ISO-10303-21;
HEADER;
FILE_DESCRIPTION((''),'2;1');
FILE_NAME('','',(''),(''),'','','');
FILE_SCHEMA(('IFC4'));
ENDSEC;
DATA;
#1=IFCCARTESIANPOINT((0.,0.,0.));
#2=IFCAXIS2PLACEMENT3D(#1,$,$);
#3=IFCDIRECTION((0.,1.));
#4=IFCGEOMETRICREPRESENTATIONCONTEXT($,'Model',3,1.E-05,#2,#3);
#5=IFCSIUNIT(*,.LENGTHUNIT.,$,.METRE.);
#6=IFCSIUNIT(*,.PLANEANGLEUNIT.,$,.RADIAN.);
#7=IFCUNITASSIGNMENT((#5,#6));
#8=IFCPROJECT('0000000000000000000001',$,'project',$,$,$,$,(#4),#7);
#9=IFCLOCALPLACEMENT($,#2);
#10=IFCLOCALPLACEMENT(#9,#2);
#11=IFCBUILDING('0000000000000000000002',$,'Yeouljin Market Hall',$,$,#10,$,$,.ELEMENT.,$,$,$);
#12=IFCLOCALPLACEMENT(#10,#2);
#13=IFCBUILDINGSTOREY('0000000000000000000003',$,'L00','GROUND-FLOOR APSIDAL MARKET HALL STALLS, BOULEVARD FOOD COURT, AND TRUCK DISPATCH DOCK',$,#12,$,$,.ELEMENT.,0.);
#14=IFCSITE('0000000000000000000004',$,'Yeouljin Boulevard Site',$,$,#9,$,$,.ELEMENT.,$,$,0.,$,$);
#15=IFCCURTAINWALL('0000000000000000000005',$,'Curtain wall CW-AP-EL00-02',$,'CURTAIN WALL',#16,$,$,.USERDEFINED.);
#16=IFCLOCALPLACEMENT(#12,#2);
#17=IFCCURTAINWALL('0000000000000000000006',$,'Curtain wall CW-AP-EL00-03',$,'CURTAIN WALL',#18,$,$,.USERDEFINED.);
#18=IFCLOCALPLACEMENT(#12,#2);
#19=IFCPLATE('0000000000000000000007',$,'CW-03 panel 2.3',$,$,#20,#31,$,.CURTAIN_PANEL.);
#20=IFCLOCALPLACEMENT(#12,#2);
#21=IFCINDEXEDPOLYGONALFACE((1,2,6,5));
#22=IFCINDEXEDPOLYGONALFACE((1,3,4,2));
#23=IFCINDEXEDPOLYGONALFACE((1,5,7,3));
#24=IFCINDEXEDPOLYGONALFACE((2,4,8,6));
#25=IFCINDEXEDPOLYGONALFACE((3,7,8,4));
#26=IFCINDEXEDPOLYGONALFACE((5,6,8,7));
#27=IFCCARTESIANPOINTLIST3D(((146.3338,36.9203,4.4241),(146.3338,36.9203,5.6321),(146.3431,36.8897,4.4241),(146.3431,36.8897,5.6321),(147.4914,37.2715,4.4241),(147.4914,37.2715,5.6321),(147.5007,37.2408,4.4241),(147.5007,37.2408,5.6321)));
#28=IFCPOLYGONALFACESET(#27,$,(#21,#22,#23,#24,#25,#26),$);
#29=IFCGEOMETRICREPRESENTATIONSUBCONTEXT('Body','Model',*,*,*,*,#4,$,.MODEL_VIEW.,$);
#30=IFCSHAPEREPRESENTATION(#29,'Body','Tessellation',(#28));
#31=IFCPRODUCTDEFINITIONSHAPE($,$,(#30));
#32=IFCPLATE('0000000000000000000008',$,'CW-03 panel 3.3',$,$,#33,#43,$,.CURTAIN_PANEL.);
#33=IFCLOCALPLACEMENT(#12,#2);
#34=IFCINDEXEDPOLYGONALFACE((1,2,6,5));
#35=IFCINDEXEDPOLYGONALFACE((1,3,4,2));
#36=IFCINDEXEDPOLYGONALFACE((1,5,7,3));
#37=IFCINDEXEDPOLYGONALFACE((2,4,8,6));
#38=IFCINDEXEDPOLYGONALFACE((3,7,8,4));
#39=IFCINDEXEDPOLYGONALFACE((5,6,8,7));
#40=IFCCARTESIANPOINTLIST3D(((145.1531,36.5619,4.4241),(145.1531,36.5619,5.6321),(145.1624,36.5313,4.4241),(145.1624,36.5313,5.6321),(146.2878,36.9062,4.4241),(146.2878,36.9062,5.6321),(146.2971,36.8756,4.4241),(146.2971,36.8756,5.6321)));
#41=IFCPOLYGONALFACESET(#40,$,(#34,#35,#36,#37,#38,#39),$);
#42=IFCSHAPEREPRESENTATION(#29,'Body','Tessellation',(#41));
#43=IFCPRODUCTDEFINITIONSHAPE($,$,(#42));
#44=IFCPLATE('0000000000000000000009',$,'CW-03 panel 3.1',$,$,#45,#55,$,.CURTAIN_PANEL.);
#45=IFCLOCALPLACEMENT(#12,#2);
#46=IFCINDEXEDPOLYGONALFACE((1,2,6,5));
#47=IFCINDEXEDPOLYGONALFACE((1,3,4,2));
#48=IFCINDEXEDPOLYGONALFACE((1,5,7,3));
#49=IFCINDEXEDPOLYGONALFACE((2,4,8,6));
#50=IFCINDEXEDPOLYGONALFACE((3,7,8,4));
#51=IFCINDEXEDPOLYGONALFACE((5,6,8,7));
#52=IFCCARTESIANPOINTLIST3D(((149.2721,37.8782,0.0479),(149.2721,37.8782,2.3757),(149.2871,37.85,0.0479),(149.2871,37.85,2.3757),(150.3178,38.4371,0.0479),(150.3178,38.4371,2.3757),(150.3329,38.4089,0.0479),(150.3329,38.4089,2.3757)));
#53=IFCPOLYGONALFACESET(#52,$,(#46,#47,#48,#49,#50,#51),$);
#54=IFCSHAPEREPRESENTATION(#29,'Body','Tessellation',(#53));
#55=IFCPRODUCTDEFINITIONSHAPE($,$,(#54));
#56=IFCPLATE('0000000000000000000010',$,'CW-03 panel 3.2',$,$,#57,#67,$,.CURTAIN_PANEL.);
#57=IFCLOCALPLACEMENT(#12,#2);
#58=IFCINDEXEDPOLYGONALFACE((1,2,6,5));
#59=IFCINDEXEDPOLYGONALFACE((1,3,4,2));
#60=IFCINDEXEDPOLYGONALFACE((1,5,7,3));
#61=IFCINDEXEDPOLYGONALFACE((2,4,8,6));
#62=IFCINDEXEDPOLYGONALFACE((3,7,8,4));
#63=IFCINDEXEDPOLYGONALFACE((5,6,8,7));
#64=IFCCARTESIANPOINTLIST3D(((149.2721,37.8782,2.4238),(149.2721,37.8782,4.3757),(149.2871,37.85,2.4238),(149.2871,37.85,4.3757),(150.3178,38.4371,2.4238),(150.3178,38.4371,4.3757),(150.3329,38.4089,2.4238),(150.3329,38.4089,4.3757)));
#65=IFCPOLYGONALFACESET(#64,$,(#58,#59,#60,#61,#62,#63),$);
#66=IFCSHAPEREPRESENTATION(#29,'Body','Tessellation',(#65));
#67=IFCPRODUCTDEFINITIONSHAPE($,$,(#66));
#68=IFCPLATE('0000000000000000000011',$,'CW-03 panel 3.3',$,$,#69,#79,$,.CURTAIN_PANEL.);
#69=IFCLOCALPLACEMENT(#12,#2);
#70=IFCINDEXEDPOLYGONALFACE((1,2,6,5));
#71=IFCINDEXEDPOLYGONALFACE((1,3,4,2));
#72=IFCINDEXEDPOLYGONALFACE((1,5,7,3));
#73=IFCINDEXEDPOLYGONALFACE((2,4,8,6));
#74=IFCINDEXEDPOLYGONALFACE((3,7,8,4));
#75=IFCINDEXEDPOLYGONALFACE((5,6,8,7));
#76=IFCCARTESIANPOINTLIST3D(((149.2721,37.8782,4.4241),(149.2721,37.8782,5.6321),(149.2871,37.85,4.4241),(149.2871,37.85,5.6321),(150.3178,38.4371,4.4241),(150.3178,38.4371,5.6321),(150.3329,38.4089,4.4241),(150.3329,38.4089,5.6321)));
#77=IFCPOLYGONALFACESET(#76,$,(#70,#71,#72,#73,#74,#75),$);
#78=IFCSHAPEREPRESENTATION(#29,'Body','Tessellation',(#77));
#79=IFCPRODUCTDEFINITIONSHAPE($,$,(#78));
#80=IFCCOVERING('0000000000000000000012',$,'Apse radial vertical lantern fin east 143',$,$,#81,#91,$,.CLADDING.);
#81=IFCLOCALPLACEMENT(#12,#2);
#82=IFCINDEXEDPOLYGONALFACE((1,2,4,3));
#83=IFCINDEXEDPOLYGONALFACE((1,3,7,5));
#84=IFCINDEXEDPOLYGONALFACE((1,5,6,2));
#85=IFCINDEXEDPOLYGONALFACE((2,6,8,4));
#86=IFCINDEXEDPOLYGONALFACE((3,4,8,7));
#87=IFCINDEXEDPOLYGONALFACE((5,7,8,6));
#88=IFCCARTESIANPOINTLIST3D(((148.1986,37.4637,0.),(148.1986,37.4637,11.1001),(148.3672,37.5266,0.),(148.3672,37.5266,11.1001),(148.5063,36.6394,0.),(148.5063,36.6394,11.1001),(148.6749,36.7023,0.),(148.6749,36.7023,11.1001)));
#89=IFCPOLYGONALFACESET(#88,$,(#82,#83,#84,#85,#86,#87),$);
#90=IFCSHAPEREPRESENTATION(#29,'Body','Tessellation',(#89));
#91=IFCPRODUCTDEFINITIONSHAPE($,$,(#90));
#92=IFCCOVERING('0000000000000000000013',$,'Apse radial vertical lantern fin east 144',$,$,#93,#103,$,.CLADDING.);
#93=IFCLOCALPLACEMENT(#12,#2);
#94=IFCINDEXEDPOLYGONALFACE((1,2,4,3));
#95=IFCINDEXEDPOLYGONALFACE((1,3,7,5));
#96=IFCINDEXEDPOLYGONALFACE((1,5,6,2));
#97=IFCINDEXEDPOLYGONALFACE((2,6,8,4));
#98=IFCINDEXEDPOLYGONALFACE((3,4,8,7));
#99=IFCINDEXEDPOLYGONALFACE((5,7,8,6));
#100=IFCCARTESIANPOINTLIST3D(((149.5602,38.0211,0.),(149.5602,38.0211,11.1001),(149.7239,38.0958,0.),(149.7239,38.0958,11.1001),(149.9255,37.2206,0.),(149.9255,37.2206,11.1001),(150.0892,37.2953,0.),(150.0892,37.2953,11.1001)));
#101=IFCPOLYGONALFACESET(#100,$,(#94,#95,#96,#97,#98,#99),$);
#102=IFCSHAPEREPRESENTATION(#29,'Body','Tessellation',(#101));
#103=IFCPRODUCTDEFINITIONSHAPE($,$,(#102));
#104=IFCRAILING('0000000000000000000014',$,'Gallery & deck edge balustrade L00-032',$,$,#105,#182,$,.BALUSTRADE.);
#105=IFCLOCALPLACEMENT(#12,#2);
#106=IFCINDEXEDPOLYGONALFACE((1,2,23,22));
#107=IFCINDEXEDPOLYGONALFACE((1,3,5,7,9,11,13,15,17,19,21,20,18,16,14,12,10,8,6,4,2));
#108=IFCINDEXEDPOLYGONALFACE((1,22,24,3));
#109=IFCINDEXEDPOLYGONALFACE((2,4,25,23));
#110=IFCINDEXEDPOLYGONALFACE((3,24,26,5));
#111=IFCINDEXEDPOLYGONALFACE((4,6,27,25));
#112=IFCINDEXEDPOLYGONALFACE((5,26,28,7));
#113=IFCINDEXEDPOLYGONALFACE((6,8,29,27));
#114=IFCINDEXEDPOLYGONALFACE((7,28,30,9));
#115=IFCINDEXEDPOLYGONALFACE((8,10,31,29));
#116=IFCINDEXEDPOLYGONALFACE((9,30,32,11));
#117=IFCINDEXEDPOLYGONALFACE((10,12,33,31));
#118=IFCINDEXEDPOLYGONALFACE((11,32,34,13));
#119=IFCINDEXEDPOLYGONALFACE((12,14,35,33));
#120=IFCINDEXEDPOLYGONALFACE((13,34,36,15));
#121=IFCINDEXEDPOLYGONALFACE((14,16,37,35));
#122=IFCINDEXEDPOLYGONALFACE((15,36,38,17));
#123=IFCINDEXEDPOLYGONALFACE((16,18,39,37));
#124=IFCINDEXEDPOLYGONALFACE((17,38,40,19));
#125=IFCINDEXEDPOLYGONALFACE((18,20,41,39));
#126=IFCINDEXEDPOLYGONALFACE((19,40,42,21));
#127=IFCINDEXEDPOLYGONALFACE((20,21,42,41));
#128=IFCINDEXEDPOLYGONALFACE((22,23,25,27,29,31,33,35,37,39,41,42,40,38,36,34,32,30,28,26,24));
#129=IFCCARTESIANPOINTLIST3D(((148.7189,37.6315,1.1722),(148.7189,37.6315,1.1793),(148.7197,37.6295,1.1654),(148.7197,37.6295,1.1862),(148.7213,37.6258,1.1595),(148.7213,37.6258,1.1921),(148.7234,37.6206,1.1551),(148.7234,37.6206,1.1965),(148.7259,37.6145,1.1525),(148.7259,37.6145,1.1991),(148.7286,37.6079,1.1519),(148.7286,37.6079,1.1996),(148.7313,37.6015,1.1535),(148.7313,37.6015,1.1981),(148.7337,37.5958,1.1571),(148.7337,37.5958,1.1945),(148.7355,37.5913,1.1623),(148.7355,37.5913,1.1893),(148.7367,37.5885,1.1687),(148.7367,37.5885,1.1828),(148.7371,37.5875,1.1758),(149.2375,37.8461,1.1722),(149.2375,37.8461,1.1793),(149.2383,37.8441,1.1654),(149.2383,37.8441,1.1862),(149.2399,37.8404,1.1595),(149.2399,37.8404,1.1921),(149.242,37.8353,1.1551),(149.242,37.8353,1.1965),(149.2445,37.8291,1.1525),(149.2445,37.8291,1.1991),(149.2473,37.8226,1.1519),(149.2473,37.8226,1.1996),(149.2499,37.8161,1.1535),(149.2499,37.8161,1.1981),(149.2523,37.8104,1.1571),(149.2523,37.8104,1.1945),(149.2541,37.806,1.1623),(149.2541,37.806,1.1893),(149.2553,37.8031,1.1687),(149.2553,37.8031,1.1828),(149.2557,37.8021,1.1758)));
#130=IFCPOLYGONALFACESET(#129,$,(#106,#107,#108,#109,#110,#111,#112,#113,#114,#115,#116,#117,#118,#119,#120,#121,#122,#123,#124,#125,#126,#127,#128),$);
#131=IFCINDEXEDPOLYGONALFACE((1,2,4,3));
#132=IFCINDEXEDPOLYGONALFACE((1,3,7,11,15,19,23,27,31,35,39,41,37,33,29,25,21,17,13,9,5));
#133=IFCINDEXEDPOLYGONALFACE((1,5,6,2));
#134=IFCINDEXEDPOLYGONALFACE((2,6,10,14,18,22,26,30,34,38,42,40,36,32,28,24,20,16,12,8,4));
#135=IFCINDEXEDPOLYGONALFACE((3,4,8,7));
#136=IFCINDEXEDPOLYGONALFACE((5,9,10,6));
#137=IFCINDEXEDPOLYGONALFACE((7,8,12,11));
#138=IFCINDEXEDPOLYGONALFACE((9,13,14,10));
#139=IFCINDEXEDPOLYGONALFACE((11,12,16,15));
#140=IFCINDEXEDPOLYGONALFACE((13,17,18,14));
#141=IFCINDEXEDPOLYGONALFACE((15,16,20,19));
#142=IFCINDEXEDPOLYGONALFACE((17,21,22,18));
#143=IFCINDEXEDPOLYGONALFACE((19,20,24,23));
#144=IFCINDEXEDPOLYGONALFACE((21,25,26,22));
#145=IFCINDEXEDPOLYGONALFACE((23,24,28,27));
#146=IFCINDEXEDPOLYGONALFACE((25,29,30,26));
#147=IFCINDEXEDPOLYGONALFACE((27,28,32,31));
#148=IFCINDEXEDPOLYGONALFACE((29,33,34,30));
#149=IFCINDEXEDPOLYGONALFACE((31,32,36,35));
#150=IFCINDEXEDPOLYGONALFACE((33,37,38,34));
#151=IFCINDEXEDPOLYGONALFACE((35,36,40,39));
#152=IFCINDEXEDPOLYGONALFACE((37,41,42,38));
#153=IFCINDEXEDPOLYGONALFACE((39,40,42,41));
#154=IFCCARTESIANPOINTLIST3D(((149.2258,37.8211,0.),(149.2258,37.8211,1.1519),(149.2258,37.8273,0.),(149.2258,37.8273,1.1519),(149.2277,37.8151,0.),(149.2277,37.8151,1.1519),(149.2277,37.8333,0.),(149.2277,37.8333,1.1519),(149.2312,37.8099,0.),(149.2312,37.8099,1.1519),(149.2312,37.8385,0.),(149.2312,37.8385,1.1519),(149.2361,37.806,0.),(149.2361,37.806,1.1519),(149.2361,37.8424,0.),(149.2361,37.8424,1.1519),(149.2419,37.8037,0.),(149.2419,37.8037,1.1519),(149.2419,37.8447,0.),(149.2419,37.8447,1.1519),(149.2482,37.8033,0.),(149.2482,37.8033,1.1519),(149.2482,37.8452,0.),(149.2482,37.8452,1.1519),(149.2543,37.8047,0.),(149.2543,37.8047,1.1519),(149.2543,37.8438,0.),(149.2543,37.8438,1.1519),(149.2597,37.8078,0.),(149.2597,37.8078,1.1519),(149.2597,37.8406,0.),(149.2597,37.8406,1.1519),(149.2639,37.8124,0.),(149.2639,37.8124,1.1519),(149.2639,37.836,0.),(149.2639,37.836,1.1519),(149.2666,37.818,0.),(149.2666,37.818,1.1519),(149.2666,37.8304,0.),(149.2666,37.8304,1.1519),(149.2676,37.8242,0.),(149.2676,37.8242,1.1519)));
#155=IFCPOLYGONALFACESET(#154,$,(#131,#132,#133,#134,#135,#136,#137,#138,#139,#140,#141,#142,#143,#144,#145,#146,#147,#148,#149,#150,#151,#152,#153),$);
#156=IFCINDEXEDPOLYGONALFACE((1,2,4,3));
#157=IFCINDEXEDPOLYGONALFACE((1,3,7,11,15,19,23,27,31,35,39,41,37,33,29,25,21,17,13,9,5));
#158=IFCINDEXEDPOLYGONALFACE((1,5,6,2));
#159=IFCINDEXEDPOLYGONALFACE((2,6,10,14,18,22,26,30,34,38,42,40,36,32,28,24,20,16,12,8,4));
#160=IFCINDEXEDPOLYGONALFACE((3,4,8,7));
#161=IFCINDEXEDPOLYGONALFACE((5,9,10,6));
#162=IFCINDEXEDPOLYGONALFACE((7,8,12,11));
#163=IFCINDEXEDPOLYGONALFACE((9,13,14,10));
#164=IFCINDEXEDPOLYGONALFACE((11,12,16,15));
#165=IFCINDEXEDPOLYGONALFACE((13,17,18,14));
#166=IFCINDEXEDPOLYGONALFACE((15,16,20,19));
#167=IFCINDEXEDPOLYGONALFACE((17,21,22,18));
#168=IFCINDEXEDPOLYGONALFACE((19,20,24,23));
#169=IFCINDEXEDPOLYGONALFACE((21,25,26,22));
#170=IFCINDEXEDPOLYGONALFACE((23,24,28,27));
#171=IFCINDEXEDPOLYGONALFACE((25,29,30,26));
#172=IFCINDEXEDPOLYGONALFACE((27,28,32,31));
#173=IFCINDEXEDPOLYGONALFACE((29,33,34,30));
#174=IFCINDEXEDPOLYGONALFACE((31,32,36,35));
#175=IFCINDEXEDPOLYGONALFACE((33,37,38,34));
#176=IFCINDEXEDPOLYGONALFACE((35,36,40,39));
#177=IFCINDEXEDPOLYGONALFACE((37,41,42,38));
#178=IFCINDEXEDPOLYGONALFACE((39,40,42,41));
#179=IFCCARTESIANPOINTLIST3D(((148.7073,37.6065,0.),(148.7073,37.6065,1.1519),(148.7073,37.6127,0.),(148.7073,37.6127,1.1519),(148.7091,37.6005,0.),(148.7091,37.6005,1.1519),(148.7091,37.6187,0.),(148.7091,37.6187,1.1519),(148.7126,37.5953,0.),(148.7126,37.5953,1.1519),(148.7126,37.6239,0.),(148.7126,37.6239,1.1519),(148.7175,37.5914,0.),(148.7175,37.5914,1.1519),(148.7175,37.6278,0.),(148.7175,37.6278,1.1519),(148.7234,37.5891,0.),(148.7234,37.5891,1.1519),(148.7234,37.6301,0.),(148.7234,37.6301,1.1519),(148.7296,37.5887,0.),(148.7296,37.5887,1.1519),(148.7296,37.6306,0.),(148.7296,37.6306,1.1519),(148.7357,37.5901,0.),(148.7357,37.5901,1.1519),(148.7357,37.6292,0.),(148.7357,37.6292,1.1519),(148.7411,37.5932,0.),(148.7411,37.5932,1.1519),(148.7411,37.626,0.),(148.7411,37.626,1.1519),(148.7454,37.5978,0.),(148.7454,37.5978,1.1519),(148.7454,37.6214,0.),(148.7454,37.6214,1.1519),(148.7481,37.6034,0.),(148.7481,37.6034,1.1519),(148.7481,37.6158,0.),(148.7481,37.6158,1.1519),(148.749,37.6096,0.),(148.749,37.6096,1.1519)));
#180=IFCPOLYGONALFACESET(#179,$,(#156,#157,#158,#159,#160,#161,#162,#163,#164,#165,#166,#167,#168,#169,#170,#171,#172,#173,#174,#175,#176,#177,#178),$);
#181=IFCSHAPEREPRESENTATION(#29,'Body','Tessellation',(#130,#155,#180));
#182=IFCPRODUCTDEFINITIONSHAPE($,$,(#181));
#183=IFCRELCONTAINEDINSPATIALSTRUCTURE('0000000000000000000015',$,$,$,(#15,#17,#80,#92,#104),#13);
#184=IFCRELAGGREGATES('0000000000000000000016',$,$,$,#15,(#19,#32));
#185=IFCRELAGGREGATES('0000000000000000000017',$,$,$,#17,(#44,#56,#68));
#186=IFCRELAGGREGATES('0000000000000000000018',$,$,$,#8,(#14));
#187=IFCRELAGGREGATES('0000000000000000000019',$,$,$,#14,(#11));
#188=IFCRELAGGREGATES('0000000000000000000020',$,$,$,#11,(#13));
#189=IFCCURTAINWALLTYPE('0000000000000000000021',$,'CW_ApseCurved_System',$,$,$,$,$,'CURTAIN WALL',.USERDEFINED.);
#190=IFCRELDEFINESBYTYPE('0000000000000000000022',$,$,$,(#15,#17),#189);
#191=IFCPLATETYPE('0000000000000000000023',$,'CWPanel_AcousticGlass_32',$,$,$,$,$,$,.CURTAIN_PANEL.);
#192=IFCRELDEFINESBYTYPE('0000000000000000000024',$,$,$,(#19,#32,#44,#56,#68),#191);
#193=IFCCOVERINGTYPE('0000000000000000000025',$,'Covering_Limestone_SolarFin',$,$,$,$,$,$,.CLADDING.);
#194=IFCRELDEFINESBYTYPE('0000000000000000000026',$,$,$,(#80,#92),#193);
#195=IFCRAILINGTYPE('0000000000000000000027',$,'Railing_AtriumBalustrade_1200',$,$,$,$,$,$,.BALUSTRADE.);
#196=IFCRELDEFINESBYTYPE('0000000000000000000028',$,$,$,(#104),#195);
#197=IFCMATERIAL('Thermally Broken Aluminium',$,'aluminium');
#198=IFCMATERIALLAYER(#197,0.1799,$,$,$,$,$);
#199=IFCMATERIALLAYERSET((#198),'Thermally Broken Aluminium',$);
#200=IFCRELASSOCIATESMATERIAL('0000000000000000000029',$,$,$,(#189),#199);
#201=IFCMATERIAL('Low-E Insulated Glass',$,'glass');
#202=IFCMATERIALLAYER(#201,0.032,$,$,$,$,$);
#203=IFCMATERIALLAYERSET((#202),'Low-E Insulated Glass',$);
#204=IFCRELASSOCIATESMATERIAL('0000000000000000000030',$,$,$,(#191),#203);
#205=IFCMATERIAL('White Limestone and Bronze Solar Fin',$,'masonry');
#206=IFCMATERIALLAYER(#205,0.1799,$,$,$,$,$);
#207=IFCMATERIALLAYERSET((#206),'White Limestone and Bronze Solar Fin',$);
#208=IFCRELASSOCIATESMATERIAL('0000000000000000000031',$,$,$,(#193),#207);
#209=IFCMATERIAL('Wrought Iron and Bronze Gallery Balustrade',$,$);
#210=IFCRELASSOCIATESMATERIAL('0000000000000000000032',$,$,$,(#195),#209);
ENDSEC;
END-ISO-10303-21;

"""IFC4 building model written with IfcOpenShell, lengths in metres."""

from ifc_helpers import new_model, si_unit, direction, frame, origin, origin_2d, place, context, subcontext, project, spatial, rectangle, circle, extrude, material, layer, layer_set, type_object, element, aggregate, save


model = new_model("IFC4")

# Units and contexts
model_context = context("Model", 3, precision=1e-05, world=origin(), true_north=direction((0.0, 1.0)))
body_context = subcontext(model_context, "Body", "Model", "MODEL_VIEW")
ifc_project = project(units=[si_unit("LENGTHUNIT", "METRE"), si_unit("PLANEANGLEUNIT", "RADIAN")], contexts=[model_context])

# Site, building, storey
site_placement = place(None, origin())
site = spatial("IfcSite", under=ifc_project, at=site_placement, Name="Yeouljin Boulevard Site", CompositionType="ELEMENT", RefElevation=0.0)
building_placement = place(site_placement, origin())
building = spatial("IfcBuilding", under=site, at=building_placement, Name="Yeouljin Market Hall", CompositionType="ELEMENT")
storey_placement = place(building_placement, origin())
storey = spatial("IfcBuildingStorey", under=building, at=storey_placement, Name="L00", Description="GROUND-FLOOR APSIDAL MARKET HALL STALLS, BOULEVARD FOOD COURT, AND TRUCK DISPATCH DOCK", CompositionType="ELEMENT", Elevation=0.0)

# Curtain wall
ifc_material_1 = material(Name="Thermally Broken Aluminium", Category="aluminium")
ifc_layer_1 = layer(ifc_material_1, 0.1799)
ifc_layer_set_1 = layer_set([ifc_layer_1], Name="Thermally Broken Aluminium")
curtain_wall_type = type_object("IfcCurtainWallType", Name="CW_ApseCurved_System", ElementType="CURTAIN WALL", PredefinedType="USERDEFINED", material=ifc_layer_set_1)
curtain_wall_1_placement = place(storey_placement, origin())
curtain_wall_1 = element("IfcCurtainWall", 1, at=curtain_wall_1_placement, inside=storey, type_object=curtain_wall_type, Name="Curtain wall CW-AP-EL00-02", ObjectType="CURTAIN WALL", PredefinedType="USERDEFINED")

# Curtain wall
curtain_wall_2_placement = place(storey_placement, origin())
curtain_wall_2 = element("IfcCurtainWall", 2, at=curtain_wall_2_placement, inside=storey, type_object=curtain_wall_type, Name="Curtain wall CW-AP-EL00-03", ObjectType="CURTAIN WALL", PredefinedType="USERDEFINED")

# Plates
ifc_material_2 = material(Name="Low-E Insulated Glass", Category="glass")
ifc_layer_2 = layer(ifc_material_2, 0.032)
ifc_layer_set_2 = layer_set([ifc_layer_2], Name="Low-E Insulated Glass")
plate_type = type_object("IfcPlateType", Name="CWPanel_AcousticGlass_32", PredefinedType="CURTAIN_PANEL", material=ifc_layer_set_2)
plate_1_placement = place(storey_placement, frame((146.9172, 37.0806, 4.4241), z_axis=(0.0, 0.0, 1.0), x_axis=(-0.95694, -0.290286, 0.0)))
plate_1 = element("IfcPlate", 3, at=plate_1_placement, type_object=plate_type, Name="CW-03 panel 2.3", PredefinedType="CURTAIN_PANEL", context=body_context, shape_type="SweptSolid", body=[
    extrude(rectangle(XDim=1.2097, YDim=0.032, at=origin_2d()), origin(), (0.0, 0.0, 1.0), 1.208),
])
plate_2_placement = place(storey_placement, frame((145.7251, 36.7188, 4.4241), z_axis=(0.0, 0.0, 1.0), x_axis=(-0.95694, -0.290286, 0.0)))
plate_2 = element("IfcPlate", 4, at=plate_2_placement, type_object=plate_type, Name="CW-03 panel 3.3", PredefinedType="CURTAIN_PANEL", context=body_context, shape_type="SweptSolid", body=[
    extrude(rectangle(XDim=1.1858, YDim=0.032, at=origin_2d()), origin(), (0.0, 0.0, 1.0), 1.208),
])
aggregate(curtain_wall_1, [plate_1, plate_2])
plate_3_placement = place(storey_placement, frame((149.8025, 38.1436, 0.0479), z_axis=(0.0, 0.0, 1.0), x_axis=(-0.881931, -0.471378, 0.0)))
plate_3 = element("IfcPlate", 5, at=plate_3_placement, type_object=plate_type, Name="CW-03 panel 3.1", PredefinedType="CURTAIN_PANEL", context=body_context, shape_type="SweptSolid", body=[
    extrude(rectangle(XDim=1.1858, YDim=0.032, at=origin_2d()), origin(), (0.0, 0.0, 1.0), 2.3279),
])
plate_4_placement = place(storey_placement, frame((149.8025, 38.1436, 2.4238), z_axis=(0.0, 0.0, 1.0), x_axis=(-0.881931, -0.471378, 0.0)))
plate_4 = element("IfcPlate", 6, at=plate_4_placement, type_object=plate_type, Name="CW-03 panel 3.2", PredefinedType="CURTAIN_PANEL", context=body_context, shape_type="SweptSolid", body=[
    extrude(rectangle(XDim=1.1858, YDim=0.032, at=origin_2d()), origin(), (0.0, 0.0, 1.0), 1.9519),
])
plate_5_placement = place(storey_placement, frame((149.8025, 38.1436, 4.4241), z_axis=(0.0, 0.0, 1.0), x_axis=(-0.881931, -0.471378, 0.0)))
plate_5 = element("IfcPlate", 7, at=plate_5_placement, type_object=plate_type, Name="CW-03 panel 3.3", PredefinedType="CURTAIN_PANEL", context=body_context, shape_type="SweptSolid", body=[
    extrude(rectangle(XDim=1.1858, YDim=0.032, at=origin_2d()), origin(), (0.0, 0.0, 1.0), 1.208),
])
aggregate(curtain_wall_2, [plate_3, plate_4, plate_5])

# Coverings
ifc_material_3 = material(Name="White Limestone and Bronze Solar Fin", Category="masonry")
ifc_layer_3 = layer(ifc_material_3, 0.1799)
ifc_layer_set_3 = layer_set([ifc_layer_3], Name="White Limestone and Bronze Solar Fin")
covering_type = type_object("IfcCoveringType", Name="Covering_Limestone_SolarFin", PredefinedType="CLADDING", material=ifc_layer_set_3)
for number, where, z_axis, x_axis, name in (
    (8, (148.4368, 37.083, 0.0), (0.0, 0.0, 1.0), (0.349717, -0.936855, 0.0), "Apse radial vertical lantern fin east 143"),
    (9, (149.8247, 37.6582, 0.0), (0.0, 0.0, 1.0), (0.41517, -0.909744, 0.0), "Apse radial vertical lantern fin east 144"),
):
    element("IfcCovering", number, at=place(storey_placement, frame(where, z_axis=z_axis, x_axis=x_axis)), inside=storey, type_object=covering_type, Name=name, PredefinedType="CLADDING", context=body_context, shape_type="SweptSolid", body=[
        extrude(rectangle(XDim=0.8799, YDim=0.1799, at=origin_2d()), origin(), (0.0, 0.0, 1.0), 11.1001),
    ])

# Railing
ifc_material_4 = material(Name="Wrought Iron and Bronze Gallery Balustrade")
railing_type = type_object("IfcRailingType", Name="Railing_AtriumBalustrade_1200", PredefinedType="BALUSTRADE", material=ifc_material_4)
railing_placement = place(storey_placement, frame((149.2466, 37.8242, 0.0)))
element("IfcRailing", 10, at=railing_placement, inside=storey, type_object=railing_type, Name="Gallery & deck edge balustrade L00-032", PredefinedType="BALUSTRADE", context=body_context, shape_type="SweptSolid", body=[
    extrude(circle(Radius=0.0239, at=origin_2d()), frame((0.0, 0.0, 1.1758), z_axis=(-0.924001, -0.38239, 0.0), x_axis=(0.38239, -0.924001, 0.0)), (0.0, 0.0, 1.0), 0.5613),
    extrude(circle(Radius=0.021, at=origin_2d()), origin(), (0.0, 0.0, 1.0), 1.1519),
    extrude(circle(Radius=0.021, at=origin_2d()), frame((-0.5186, -0.2146, 0.0)), (0.0, 0.0, 1.0), 1.1519),
])

save(model, "model.ifc")
